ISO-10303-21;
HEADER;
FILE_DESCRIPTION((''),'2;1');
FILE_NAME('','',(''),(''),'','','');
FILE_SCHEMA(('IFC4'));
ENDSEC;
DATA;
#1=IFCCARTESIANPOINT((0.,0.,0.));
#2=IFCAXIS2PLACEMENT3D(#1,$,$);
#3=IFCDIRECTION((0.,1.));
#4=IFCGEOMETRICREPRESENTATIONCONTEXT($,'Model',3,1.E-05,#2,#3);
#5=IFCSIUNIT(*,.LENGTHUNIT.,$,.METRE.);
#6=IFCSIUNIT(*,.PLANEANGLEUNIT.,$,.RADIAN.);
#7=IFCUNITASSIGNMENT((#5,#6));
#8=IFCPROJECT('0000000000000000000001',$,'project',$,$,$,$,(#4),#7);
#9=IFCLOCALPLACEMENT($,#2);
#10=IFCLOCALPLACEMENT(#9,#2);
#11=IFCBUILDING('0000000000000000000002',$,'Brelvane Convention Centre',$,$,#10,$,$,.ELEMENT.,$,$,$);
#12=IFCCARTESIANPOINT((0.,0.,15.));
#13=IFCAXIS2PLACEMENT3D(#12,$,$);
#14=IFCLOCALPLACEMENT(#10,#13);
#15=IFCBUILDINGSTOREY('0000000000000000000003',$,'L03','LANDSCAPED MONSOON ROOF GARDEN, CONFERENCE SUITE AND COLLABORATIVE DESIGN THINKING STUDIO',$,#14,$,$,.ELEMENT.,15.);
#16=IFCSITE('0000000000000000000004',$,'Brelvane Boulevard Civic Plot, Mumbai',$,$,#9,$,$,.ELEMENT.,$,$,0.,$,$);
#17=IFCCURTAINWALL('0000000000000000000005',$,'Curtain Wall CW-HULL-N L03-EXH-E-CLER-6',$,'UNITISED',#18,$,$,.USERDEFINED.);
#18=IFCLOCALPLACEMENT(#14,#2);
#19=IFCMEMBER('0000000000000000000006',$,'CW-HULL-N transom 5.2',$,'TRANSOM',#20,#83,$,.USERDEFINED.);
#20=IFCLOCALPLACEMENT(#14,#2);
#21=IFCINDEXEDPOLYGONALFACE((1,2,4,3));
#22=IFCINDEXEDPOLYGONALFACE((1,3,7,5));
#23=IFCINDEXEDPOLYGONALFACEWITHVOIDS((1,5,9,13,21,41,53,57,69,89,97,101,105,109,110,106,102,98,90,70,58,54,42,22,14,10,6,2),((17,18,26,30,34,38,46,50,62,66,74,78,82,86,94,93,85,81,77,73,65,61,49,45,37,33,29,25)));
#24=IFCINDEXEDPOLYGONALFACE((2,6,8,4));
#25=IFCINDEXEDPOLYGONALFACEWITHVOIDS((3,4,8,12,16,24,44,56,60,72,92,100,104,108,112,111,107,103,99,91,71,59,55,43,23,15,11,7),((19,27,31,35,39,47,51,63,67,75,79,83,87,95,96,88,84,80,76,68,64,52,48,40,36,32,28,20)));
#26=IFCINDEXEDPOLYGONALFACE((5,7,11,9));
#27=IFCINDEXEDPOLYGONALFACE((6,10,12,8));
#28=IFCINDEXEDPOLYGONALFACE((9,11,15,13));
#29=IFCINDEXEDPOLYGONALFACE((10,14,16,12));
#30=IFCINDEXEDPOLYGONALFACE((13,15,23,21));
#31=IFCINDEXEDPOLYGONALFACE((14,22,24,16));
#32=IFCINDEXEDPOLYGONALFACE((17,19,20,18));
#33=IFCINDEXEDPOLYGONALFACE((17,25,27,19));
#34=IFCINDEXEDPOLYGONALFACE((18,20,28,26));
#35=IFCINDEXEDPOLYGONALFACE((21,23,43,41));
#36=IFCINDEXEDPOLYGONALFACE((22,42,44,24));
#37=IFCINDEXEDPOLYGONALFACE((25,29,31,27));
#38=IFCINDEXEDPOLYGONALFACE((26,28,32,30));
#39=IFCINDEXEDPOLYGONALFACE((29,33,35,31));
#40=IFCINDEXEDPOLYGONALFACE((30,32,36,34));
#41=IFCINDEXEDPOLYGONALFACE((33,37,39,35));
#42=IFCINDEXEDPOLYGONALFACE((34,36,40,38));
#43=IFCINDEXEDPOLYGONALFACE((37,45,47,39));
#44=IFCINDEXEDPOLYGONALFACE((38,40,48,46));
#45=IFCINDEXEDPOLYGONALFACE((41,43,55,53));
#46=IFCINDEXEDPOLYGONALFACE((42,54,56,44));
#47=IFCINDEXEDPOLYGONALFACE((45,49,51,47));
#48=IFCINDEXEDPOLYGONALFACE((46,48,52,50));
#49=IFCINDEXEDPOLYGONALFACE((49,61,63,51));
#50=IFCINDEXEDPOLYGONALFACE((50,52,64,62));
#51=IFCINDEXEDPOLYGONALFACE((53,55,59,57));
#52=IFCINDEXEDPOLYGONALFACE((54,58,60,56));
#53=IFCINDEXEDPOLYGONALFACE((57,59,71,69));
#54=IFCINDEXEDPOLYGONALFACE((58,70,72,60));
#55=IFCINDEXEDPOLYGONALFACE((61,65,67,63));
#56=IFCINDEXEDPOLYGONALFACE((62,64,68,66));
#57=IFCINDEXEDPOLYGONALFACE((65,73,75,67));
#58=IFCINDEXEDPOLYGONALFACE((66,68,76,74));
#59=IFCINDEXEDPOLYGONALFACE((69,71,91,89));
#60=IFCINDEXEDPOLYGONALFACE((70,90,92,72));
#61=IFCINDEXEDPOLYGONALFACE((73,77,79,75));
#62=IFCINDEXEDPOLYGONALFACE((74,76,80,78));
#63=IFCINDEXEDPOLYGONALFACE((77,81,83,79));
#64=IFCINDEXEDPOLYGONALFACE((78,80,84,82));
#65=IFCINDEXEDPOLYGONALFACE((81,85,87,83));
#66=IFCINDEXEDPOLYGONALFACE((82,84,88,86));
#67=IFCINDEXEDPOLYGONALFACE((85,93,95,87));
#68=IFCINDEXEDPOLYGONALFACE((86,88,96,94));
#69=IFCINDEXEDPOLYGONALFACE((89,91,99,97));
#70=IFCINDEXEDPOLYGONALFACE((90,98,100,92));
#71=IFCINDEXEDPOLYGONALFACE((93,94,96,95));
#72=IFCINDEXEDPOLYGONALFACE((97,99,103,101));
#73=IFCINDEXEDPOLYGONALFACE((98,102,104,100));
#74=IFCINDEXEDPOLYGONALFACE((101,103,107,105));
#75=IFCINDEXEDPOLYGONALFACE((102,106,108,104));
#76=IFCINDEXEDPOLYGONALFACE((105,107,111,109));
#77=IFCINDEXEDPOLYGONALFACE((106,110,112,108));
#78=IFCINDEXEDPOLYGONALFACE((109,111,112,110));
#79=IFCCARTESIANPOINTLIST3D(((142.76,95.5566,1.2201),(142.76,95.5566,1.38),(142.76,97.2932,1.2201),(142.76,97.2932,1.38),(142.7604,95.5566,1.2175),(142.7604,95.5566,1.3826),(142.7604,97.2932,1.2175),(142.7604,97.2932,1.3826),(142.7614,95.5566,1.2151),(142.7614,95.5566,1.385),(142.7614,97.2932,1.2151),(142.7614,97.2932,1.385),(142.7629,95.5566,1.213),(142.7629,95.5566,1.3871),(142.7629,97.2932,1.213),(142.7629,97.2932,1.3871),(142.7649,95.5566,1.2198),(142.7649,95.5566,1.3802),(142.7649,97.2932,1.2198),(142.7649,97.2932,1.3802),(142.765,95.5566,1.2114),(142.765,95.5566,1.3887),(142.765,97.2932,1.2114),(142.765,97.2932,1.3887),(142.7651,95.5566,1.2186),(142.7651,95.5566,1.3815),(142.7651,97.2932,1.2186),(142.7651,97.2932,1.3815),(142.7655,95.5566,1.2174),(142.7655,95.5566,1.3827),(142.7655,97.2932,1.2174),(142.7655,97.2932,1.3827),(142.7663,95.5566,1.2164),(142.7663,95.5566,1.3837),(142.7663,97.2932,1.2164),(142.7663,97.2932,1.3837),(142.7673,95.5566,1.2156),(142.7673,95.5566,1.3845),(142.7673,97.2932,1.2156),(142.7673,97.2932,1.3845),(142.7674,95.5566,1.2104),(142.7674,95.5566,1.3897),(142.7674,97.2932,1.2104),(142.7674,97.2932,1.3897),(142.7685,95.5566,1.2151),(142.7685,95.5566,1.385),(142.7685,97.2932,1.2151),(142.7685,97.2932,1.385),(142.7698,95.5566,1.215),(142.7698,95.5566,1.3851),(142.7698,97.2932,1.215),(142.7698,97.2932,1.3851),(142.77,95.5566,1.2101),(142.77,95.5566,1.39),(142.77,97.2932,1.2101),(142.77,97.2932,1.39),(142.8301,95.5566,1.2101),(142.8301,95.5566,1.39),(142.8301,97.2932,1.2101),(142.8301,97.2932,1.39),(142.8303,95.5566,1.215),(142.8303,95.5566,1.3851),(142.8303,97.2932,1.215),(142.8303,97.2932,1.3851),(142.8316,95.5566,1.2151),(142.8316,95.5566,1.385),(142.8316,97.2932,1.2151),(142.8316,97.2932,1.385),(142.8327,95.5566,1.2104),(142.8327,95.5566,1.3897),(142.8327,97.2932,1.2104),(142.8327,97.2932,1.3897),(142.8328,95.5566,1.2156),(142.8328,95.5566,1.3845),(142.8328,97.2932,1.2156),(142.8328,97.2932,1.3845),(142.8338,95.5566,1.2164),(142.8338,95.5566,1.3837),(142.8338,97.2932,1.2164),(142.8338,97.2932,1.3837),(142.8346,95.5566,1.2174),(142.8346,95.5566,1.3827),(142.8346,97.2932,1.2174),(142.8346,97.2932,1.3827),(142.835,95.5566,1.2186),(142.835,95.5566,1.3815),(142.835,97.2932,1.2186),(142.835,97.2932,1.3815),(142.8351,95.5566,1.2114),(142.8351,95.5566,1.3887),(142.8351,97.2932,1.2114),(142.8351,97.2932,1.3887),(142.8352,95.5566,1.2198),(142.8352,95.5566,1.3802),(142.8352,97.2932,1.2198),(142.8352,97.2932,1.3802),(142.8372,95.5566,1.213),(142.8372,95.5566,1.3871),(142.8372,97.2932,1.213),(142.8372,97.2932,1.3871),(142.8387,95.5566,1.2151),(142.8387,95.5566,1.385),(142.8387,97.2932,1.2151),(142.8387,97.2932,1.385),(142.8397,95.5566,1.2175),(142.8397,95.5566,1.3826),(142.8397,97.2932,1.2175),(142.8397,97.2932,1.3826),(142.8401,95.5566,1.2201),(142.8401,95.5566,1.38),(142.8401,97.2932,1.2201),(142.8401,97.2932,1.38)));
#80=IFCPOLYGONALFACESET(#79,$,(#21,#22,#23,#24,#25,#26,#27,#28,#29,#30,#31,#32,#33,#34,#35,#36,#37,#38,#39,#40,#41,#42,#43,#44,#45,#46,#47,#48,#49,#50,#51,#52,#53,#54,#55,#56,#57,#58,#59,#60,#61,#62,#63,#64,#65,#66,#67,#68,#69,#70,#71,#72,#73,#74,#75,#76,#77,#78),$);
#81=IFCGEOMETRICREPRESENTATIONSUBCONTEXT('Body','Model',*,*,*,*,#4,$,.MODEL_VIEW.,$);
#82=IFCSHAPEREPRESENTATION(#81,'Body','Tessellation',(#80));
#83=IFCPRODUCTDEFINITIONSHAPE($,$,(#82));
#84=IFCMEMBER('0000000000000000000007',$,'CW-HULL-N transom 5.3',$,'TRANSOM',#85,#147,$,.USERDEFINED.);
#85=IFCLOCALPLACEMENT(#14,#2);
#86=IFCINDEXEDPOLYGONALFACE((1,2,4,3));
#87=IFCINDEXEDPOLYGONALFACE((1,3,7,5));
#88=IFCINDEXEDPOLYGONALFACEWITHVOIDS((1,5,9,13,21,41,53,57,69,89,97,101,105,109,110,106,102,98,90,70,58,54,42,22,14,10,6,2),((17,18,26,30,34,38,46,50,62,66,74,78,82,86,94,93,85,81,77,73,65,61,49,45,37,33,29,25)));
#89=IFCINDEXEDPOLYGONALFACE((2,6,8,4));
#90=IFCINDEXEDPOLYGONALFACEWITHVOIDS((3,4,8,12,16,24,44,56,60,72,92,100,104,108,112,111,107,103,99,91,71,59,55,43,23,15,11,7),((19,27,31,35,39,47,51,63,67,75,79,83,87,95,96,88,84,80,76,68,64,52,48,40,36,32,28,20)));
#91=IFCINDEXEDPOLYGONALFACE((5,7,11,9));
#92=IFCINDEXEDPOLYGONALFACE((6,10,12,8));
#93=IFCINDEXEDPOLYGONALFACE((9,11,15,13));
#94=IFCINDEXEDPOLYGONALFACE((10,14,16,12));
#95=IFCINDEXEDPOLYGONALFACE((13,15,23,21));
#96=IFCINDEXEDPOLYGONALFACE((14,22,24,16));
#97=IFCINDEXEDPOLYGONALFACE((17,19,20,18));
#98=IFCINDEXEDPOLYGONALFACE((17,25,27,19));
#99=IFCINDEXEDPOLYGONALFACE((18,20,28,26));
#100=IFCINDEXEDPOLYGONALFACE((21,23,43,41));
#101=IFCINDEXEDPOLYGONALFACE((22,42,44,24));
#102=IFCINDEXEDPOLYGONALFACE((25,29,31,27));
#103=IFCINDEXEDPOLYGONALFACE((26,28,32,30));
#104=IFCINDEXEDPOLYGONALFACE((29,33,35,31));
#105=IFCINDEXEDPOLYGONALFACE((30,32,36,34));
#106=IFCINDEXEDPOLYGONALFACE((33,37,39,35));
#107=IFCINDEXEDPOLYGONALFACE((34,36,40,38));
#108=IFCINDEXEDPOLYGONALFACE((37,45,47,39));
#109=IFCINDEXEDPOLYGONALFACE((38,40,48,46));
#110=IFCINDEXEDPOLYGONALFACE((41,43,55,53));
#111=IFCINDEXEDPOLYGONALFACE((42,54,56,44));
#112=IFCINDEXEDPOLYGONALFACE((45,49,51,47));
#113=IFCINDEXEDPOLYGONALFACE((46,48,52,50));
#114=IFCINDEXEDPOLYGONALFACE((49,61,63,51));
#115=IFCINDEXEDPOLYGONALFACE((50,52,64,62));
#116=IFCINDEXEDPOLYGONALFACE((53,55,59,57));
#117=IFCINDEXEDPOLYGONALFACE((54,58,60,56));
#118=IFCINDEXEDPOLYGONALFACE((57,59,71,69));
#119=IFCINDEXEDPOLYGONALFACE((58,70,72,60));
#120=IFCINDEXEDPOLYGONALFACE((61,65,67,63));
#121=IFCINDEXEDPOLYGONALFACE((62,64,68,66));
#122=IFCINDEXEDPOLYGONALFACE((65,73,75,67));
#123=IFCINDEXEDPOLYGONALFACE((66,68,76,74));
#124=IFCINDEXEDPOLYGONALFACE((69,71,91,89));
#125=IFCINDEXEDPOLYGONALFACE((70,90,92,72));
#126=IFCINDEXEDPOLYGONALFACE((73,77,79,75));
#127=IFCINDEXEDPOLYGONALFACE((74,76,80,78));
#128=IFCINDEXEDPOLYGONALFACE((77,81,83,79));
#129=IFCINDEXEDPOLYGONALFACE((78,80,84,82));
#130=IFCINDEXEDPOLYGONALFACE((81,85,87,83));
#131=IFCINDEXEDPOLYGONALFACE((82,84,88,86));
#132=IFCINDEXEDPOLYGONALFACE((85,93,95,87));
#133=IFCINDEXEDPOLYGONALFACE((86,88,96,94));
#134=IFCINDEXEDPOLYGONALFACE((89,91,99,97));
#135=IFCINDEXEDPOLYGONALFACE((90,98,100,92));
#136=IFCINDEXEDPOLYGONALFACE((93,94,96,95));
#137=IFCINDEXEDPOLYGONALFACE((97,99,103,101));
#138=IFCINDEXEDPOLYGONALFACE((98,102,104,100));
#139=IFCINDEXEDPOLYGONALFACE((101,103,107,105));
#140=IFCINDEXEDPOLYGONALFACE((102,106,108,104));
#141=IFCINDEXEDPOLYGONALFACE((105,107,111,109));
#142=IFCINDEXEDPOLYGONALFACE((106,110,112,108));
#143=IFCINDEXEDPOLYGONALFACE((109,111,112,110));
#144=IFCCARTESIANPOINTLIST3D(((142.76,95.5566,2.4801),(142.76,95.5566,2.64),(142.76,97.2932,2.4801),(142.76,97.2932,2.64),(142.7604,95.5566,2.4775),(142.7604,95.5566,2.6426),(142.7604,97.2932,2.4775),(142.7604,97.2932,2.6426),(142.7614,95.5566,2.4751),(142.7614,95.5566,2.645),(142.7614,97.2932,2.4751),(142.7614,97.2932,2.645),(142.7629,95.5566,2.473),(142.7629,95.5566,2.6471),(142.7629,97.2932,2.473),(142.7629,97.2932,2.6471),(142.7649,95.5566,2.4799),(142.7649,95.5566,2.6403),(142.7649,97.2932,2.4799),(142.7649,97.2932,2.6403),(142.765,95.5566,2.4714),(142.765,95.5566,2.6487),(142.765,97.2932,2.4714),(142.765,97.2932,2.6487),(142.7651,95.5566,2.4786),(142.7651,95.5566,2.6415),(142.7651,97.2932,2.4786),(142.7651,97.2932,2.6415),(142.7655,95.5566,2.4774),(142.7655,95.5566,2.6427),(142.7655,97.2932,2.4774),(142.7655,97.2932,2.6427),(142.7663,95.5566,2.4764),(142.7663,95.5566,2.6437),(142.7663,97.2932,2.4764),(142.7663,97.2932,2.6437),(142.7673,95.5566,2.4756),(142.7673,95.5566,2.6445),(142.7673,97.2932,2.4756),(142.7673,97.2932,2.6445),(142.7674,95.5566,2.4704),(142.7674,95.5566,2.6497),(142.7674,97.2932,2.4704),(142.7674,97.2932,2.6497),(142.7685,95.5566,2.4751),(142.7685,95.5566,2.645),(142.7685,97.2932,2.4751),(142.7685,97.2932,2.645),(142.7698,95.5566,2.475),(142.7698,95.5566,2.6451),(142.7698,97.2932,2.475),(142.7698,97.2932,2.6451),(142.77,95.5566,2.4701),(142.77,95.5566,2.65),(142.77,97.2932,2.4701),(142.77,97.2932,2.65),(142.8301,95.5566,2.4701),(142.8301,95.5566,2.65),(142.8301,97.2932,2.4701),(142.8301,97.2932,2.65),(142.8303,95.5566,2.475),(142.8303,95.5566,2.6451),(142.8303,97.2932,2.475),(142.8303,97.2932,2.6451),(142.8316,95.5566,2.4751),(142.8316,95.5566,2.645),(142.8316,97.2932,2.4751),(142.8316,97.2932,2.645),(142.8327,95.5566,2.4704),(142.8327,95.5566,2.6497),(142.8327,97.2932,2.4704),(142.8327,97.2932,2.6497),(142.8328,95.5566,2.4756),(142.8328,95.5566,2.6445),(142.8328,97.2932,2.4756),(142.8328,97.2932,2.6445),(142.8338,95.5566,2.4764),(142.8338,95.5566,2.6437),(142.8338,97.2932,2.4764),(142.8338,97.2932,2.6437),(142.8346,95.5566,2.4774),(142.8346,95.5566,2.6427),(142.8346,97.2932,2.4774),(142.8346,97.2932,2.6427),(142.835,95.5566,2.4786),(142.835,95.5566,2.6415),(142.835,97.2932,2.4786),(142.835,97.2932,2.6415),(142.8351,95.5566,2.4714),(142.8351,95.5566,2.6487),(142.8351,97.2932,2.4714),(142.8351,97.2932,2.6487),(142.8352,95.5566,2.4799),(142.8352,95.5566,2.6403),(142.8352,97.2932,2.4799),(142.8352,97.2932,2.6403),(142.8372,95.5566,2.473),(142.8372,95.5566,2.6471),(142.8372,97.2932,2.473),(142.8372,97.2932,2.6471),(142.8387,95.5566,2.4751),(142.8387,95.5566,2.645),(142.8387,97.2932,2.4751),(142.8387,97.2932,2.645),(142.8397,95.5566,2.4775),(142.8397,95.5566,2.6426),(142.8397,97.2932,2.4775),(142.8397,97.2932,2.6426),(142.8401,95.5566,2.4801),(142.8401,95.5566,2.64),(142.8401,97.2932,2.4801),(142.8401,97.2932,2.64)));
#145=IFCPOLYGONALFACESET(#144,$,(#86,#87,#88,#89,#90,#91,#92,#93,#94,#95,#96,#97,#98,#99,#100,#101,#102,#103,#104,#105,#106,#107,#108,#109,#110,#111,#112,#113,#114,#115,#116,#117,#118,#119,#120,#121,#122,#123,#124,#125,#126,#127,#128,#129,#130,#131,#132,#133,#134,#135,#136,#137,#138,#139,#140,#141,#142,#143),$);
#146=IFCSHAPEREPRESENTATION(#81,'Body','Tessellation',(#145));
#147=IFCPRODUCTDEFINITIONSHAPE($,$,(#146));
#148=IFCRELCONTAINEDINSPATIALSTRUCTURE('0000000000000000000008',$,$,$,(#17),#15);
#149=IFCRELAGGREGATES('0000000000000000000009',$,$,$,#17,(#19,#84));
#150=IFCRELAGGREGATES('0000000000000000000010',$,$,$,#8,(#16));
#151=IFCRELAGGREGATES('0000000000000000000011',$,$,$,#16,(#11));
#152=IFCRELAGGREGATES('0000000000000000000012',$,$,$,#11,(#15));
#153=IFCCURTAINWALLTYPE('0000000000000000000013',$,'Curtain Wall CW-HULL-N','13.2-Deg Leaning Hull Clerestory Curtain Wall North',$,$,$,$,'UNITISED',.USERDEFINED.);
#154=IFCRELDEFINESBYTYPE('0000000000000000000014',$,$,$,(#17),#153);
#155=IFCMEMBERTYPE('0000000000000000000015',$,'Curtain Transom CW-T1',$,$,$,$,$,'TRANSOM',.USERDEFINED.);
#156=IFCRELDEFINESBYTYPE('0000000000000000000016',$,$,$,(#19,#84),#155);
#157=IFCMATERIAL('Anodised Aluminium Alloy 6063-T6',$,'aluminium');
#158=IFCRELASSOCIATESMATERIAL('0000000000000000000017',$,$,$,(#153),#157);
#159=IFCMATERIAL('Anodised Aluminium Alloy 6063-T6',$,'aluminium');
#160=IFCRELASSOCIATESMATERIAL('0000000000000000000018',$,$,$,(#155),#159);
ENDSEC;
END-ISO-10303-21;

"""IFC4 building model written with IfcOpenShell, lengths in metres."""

from ifc_helpers import new_model, si_unit, direction, frame, origin, origin_2d, place, context, subcontext, project, spatial, hollow_rectangle, extrude, material, material_profile, profile_set, type_object, element, aggregate, save


model = new_model("IFC4")

# Units and contexts
model_context = context("Model", 3, precision=1e-05, world=origin(), true_north=direction((0.0, 1.0)))
body_context = subcontext(model_context, "Body", "Model", "MODEL_VIEW")
ifc_project = project(units=[si_unit("LENGTHUNIT", "METRE"), si_unit("PLANEANGLEUNIT", "RADIAN")], contexts=[model_context])

# Site, building, storey
site_placement = place(None, origin())
site = spatial("IfcSite", under=ifc_project, at=site_placement, Name="Brelvane Boulevard Civic Plot, Mumbai", CompositionType="ELEMENT", RefElevation=0.0)
building_placement = place(site_placement, origin())
building = spatial("IfcBuilding", under=site, at=building_placement, Name="Brelvane Convention Centre", CompositionType="ELEMENT")
storey_placement = place(building_placement, frame((0.0, 0.0, 15.0)))
storey = spatial("IfcBuildingStorey", under=building, at=storey_placement, Name="L03", Description="LANDSCAPED MONSOON ROOF GARDEN, CONFERENCE SUITE AND COLLABORATIVE DESIGN THINKING STUDIO", CompositionType="ELEMENT", Elevation=15.0)

# Curtain wall, members
ifc_material_1 = material(Name="Anodised Aluminium Alloy 6063-T6", Category="aluminium")
curtain_wall_type = type_object("IfcCurtainWallType", Name="Curtain Wall CW-HULL-N", Description="13.2-Deg Leaning Hull Clerestory Curtain Wall North", ElementType="UNITISED", PredefinedType="USERDEFINED", material=ifc_material_1)
curtain_wall_placement = place(storey_placement, origin())
curtain_wall = element("IfcCurtainWall", 1, at=curtain_wall_placement, inside=storey, type_object=curtain_wall_type, Name="Curtain Wall CW-HULL-N L03-EXH-E-CLER-6", ObjectType="UNITISED", PredefinedType="USERDEFINED")
ifc_material_2 = material(Name="Anodised Aluminium Alloy 6063-T6", Category="aluminium")
ifc_material_profile_1 = material_profile(ifc_material_2, hollow_rectangle(XDim=0.0801, YDim=0.1799, WallThickness=0.0049, InnerFilletRadius=0.0049, OuterFilletRadius=0.01, at=origin_2d()), Name="ALU-T 180x80x5.0")
ifc_profile_set_1 = profile_set([ifc_material_profile_1], Name="Anodised Aluminium Alloy 6063-T6")
member_type_1 = type_object("IfcMemberType", Name="Curtain Transom CW-T1", ElementType="TRANSOM", PredefinedType="USERDEFINED", material=ifc_profile_set_1)
member_1_placement = place(storey_placement, frame((142.8, 95.5566, 1.3), z_axis=(0.0, 1.0, 0.0), x_axis=(-1.0, 0.0, 0.0)))
member_1 = element("IfcMember", 2, at=member_1_placement, type_object=member_type_1, Name="CW-HULL-N transom 5.2", ObjectType="TRANSOM", PredefinedType="USERDEFINED", context=body_context, shape_type="SweptSolid", body=[
    extrude(hollow_rectangle(XDim=0.0801, YDim=0.1799, WallThickness=0.0049, InnerFilletRadius=0.0049, OuterFilletRadius=0.01, at=origin_2d()), origin(), (0.0, 0.0, 1.0), 1.7366),
])
member_2_placement = place(storey_placement, frame((142.8, 95.5566, 2.5601), z_axis=(0.0, 1.0, 0.0), x_axis=(-1.0, 0.0, 0.0)))
member_2 = element("IfcMember", 3, at=member_2_placement, type_object=member_type_1, Name="CW-HULL-N transom 5.3", ObjectType="TRANSOM", PredefinedType="USERDEFINED", context=body_context, shape_type="SweptSolid", body=[
    extrude(hollow_rectangle(XDim=0.0801, YDim=0.1799, WallThickness=0.0049, InnerFilletRadius=0.0049, OuterFilletRadius=0.01, at=origin_2d()), origin(), (0.0, 0.0, 1.0), 1.7366),
])
aggregate(curtain_wall, [member_1, member_2])

save(model, "model.ifc")
